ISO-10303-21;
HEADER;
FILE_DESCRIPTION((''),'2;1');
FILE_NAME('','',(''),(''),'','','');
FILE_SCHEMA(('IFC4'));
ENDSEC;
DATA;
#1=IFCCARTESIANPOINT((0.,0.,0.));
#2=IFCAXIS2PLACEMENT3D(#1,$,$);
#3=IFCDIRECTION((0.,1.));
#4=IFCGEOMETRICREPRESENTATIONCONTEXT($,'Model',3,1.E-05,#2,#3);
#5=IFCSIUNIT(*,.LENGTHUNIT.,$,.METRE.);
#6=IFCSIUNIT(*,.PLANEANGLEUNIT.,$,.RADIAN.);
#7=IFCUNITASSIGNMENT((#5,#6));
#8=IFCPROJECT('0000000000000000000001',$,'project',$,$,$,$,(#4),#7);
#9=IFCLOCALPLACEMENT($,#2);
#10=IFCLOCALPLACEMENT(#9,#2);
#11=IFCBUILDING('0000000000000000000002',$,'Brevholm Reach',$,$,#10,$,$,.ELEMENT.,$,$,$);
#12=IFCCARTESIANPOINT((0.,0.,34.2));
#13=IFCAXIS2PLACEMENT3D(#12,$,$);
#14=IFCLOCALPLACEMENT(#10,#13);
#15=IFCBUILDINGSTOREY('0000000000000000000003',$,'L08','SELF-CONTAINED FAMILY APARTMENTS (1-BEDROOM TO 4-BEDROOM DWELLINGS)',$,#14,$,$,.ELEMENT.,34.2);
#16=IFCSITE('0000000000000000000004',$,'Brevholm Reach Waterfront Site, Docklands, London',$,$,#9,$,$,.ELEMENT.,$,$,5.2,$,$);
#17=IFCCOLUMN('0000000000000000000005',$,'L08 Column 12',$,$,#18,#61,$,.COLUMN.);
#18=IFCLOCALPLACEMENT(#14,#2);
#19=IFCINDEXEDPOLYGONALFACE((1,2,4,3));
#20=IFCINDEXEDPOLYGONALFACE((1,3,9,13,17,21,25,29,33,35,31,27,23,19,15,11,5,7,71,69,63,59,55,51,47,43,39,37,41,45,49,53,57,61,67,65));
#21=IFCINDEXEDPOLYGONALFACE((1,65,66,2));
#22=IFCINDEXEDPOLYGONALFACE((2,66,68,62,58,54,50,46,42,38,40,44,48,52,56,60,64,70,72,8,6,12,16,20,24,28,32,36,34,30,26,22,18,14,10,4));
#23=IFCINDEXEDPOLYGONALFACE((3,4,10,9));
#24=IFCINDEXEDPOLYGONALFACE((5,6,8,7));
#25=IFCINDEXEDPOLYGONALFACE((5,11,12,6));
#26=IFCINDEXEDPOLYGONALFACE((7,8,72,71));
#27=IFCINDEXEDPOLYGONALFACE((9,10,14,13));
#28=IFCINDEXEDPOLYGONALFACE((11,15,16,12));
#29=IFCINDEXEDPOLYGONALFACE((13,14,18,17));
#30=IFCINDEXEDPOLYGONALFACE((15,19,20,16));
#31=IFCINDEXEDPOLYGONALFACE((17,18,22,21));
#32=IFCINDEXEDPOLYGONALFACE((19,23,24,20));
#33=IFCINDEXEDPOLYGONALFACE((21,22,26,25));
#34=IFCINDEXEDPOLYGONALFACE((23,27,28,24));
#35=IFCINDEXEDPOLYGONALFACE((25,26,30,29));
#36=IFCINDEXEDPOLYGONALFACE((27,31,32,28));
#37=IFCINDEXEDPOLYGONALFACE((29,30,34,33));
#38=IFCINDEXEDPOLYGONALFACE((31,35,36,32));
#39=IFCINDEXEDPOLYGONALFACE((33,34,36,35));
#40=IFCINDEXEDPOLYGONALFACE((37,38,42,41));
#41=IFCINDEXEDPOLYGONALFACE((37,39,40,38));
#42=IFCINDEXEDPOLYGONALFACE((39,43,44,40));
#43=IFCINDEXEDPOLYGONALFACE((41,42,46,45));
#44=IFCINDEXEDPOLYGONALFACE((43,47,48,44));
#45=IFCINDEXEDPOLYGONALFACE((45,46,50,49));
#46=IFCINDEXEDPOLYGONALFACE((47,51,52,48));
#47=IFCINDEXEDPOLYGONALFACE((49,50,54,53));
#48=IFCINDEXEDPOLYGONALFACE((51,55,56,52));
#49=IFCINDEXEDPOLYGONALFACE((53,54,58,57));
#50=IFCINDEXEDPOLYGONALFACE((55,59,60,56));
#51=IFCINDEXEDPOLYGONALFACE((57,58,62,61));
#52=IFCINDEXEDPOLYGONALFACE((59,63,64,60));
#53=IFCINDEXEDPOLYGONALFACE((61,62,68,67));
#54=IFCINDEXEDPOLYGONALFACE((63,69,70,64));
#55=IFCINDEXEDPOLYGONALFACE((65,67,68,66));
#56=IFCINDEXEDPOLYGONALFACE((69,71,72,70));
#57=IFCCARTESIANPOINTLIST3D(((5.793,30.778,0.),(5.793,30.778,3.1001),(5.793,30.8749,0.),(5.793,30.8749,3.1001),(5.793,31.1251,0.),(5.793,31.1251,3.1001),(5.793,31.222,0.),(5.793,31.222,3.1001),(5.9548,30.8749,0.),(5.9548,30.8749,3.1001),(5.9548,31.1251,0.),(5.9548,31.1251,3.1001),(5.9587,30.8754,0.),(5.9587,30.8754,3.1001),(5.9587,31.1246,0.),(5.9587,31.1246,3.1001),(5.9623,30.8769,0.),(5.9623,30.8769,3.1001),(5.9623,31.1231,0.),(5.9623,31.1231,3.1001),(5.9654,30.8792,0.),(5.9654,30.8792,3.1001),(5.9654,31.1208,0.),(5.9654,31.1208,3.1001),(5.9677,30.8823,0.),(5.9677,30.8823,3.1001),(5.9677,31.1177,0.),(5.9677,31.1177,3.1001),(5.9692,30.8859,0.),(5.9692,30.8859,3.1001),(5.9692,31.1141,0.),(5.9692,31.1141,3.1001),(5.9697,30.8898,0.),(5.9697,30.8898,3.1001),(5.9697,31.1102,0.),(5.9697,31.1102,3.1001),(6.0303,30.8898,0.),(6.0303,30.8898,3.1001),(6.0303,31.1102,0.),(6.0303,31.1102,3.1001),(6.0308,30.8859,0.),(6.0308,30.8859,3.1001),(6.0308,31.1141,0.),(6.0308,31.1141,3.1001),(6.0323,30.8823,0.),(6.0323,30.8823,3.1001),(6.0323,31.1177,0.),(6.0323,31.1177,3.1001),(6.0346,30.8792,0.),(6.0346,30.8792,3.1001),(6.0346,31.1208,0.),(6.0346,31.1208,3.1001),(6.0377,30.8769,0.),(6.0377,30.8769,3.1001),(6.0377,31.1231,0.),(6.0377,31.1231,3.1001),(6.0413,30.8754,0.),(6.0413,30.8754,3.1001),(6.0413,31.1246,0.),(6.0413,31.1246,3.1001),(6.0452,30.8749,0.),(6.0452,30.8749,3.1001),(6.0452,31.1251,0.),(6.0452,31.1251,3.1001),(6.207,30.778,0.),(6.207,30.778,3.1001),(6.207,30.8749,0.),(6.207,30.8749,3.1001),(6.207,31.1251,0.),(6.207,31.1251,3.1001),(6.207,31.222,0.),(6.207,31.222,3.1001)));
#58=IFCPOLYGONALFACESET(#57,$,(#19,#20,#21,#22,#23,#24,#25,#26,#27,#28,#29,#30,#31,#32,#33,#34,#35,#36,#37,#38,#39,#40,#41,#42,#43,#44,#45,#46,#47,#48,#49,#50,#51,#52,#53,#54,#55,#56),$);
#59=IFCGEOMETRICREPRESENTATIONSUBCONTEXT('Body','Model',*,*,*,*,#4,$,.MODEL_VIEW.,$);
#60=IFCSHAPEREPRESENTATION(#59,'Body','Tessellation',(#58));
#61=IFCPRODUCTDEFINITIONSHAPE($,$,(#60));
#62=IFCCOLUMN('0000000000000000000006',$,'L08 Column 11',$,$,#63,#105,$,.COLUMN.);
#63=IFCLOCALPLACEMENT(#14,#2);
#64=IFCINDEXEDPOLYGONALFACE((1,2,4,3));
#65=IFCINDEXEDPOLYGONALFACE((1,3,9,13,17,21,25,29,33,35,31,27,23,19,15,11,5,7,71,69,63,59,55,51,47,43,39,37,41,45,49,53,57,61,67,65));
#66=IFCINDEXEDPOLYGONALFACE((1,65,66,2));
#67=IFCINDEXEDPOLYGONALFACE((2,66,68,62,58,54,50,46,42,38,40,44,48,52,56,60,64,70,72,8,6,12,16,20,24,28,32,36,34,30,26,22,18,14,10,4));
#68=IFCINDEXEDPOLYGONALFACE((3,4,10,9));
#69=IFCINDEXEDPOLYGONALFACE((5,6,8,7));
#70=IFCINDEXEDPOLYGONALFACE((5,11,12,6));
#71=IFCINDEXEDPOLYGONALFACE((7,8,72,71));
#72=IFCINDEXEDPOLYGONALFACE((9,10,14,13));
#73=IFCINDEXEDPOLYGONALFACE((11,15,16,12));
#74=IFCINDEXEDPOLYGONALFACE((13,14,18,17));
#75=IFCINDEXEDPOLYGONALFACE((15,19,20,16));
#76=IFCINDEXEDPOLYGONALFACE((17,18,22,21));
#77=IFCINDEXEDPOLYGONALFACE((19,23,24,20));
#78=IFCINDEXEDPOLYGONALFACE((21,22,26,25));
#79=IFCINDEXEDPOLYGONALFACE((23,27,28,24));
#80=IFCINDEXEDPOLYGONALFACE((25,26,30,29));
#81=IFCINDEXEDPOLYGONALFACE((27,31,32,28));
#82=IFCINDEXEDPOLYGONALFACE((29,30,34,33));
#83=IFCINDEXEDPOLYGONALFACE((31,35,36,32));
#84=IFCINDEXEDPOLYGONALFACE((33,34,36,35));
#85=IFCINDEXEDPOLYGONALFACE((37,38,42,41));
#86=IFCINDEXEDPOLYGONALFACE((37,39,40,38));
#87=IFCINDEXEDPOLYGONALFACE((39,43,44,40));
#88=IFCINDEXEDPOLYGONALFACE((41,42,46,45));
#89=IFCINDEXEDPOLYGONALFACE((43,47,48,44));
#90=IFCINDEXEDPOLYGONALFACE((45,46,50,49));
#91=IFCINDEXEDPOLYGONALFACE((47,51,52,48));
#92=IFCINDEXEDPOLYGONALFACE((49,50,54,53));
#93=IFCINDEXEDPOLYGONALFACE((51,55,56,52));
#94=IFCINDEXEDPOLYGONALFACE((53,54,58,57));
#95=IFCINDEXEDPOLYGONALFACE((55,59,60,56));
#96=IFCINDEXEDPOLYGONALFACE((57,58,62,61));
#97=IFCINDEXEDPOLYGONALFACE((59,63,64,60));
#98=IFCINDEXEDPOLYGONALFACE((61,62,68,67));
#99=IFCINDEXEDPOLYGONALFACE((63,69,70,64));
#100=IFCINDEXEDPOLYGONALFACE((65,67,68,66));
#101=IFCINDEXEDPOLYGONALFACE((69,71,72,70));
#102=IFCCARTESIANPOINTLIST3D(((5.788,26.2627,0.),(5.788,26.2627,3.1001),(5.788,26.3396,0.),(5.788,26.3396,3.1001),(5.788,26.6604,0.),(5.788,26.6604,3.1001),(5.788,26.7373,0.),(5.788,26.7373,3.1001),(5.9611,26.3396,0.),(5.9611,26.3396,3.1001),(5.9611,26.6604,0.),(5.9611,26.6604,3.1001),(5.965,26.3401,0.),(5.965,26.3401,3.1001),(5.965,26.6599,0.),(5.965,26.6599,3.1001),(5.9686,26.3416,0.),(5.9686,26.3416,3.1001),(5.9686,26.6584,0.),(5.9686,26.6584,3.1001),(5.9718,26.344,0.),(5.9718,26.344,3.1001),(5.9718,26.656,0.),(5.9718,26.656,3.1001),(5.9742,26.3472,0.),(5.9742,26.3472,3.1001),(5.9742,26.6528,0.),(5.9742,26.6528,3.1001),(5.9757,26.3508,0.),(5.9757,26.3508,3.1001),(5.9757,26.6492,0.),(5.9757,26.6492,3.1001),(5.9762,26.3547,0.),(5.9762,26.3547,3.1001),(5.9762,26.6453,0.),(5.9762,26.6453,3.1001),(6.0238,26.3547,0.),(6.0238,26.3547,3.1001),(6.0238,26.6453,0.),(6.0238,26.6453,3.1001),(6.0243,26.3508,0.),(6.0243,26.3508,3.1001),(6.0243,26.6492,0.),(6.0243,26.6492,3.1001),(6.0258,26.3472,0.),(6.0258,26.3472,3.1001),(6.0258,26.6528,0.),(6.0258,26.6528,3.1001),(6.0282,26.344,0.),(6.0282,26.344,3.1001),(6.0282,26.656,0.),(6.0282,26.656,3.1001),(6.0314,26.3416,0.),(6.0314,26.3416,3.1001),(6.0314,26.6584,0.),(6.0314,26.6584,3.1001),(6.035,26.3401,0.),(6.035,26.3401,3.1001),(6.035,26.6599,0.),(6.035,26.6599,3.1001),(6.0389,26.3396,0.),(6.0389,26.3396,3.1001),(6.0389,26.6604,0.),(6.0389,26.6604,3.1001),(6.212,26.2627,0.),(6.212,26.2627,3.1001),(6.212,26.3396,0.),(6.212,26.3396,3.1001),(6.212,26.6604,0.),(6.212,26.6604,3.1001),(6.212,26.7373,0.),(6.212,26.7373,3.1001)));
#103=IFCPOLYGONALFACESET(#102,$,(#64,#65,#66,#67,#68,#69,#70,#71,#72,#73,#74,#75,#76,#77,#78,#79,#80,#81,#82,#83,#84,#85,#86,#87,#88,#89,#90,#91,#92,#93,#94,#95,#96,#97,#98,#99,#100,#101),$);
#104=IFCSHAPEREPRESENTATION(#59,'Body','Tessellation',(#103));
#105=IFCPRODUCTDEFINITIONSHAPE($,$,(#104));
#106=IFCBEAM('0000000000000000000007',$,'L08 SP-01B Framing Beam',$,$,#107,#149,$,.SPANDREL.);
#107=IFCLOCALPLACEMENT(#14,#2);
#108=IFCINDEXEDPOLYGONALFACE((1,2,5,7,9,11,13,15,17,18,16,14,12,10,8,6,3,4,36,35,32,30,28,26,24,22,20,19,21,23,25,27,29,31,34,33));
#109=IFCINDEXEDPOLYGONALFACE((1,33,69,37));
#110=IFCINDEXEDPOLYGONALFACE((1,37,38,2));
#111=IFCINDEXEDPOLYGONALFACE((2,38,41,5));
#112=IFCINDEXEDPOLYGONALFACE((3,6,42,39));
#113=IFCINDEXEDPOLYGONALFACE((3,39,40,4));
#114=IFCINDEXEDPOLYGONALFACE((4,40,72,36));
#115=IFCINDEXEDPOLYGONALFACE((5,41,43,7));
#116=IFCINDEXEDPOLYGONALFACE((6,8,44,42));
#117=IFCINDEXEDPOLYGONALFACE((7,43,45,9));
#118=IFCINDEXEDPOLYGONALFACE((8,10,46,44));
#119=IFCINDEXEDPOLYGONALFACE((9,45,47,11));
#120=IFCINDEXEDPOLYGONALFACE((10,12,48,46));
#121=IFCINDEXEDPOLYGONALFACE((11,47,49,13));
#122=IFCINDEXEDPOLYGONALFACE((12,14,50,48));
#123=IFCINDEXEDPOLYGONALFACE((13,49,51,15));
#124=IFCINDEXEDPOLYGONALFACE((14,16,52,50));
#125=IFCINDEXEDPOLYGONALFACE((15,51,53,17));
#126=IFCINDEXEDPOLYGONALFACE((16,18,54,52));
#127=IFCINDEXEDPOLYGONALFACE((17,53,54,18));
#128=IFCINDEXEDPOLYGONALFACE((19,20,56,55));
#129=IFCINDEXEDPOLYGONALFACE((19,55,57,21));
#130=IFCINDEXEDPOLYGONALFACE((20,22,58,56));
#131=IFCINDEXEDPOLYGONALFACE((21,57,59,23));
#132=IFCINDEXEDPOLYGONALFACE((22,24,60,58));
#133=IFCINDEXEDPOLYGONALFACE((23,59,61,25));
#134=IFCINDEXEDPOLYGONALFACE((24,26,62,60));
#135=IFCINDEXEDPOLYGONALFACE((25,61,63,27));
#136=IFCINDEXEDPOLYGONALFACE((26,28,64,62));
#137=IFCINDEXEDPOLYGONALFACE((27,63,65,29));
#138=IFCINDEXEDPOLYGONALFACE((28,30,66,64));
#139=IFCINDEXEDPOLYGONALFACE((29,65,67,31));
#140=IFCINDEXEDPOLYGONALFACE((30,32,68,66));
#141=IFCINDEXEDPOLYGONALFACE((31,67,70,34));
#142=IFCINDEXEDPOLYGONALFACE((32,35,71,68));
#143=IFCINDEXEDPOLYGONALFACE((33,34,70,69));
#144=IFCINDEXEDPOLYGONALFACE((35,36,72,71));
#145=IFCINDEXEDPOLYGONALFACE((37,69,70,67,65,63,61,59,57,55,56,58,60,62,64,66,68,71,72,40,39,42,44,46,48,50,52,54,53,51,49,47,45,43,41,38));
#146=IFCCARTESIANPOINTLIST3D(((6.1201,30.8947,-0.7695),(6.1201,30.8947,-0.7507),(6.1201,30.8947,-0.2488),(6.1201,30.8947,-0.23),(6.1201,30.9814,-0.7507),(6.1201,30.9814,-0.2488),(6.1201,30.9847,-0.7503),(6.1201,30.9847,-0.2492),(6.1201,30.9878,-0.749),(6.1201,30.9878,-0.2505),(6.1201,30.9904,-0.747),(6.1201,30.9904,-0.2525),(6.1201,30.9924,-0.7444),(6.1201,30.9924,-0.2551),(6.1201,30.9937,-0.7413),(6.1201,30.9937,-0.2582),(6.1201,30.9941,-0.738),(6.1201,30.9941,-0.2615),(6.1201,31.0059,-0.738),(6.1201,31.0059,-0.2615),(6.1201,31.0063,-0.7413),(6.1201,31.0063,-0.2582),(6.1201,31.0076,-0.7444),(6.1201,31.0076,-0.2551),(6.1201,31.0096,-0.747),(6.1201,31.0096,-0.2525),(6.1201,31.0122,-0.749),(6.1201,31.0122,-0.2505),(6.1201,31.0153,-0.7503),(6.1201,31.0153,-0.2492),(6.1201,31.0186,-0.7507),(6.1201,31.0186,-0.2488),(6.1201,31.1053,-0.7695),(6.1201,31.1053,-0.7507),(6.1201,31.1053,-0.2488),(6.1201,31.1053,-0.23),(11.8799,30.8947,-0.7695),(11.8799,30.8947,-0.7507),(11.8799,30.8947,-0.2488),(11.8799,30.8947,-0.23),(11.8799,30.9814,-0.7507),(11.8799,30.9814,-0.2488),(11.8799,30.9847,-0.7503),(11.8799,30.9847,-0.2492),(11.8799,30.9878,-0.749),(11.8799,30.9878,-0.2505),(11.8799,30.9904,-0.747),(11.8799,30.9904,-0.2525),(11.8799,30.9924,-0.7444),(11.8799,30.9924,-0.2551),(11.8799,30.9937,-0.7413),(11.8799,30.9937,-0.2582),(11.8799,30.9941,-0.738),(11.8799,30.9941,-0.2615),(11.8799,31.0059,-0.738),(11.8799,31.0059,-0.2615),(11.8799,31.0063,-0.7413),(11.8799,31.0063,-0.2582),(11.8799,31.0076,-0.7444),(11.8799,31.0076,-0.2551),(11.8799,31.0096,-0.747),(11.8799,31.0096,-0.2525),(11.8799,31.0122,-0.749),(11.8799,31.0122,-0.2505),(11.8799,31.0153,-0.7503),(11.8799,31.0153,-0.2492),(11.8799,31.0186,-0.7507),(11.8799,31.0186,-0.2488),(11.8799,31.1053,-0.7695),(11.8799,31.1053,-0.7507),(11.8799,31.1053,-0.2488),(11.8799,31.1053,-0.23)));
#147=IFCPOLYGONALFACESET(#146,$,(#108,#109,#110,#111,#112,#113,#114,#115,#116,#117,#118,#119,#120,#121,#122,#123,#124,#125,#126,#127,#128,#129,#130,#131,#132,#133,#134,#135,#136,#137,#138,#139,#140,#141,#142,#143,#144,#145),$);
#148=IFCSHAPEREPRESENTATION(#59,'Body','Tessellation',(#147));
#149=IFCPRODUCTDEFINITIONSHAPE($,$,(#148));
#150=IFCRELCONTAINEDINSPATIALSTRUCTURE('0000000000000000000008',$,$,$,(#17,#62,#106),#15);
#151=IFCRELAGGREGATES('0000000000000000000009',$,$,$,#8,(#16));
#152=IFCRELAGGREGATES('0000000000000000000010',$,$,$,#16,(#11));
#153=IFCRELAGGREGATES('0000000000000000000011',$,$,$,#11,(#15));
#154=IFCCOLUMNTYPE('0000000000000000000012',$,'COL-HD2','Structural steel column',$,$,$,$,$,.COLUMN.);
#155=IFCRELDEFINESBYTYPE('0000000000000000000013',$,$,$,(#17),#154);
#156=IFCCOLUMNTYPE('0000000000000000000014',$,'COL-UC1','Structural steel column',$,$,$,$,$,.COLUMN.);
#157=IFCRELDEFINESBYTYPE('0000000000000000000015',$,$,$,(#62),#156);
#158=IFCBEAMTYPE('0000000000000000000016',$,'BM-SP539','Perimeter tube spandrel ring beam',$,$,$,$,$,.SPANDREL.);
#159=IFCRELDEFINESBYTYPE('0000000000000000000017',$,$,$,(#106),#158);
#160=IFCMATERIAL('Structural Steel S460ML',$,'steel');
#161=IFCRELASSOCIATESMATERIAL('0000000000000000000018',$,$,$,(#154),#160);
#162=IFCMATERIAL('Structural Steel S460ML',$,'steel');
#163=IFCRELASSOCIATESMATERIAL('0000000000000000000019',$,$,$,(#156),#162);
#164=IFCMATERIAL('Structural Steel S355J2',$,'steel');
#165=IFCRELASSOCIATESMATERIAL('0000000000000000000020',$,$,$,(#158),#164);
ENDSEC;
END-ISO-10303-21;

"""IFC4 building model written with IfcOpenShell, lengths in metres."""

from ifc_helpers import new_model, si_unit, direction, frame, origin, origin_2d, place, context, subcontext, project, spatial, i_section, extrude, material, material_profile, profile_set, type_object, element, save


model = new_model("IFC4")

# Units and contexts
model_context = context("Model", 3, precision=1e-05, world=origin(), true_north=direction((0.0, 1.0)))
body_context = subcontext(model_context, "Body", "Model", "MODEL_VIEW")
ifc_project = project(units=[si_unit("LENGTHUNIT", "METRE"), si_unit("PLANEANGLEUNIT", "RADIAN")], contexts=[model_context])

# Site, building, storey
site_placement = place(None, origin())
site = spatial("IfcSite", under=ifc_project, at=site_placement, Name="Brevholm Reach Waterfront Site, Docklands, London", CompositionType="ELEMENT", RefElevation=5.2)
building_placement = place(site_placement, origin())
building = spatial("IfcBuilding", under=site, at=building_placement, Name="Brevholm Reach", CompositionType="ELEMENT")
storey_placement = place(building_placement, frame((0.0, 0.0, 34.2)))
storey = spatial("IfcBuildingStorey", under=building, at=storey_placement, Name="L08", Description="SELF-CONTAINED FAMILY APARTMENTS (1-BEDROOM TO 4-BEDROOM DWELLINGS)", CompositionType="ELEMENT", Elevation=34.2)

# Columns
ifc_material_1 = material(Name="Structural Steel S460ML", Category="steel")
ifc_material_profile_1 = material_profile(ifc_material_1, i_section(OverallWidth=0.4141, OverallDepth=0.4441, WebThickness=0.0605, FlangeThickness=0.0969, FilletRadius=0.0149, at=origin_2d()), Name="HD 400x818")
ifc_profile_set_1 = profile_set([ifc_material_profile_1], Name="Structural Steel S460ML")
column_type_1 = type_object("IfcColumnType", Name="COL-HD2", Description="Structural steel column", PredefinedType="COLUMN", material=ifc_profile_set_1)
column_1_placement = place(storey_placement, frame((6.0, 31.0, 0.0), z_axis=(0.0, 0.0, 1.0), x_axis=(1.0, 0.0, 0.0)))
element("IfcColumn", 1, at=column_1_placement, inside=storey, type_object=column_type_1, Name="L08 Column 12", PredefinedType="COLUMN", context=body_context, shape_type="SweptSolid", body=[
    extrude(i_section(OverallWidth=0.4141, OverallDepth=0.4441, WebThickness=0.0605, FlangeThickness=0.0969, FilletRadius=0.0149, at=origin_2d()), origin(), (0.0, 0.0, 1.0), 3.1001),
])
ifc_material_2 = material(Name="Structural Steel S460ML", Category="steel")
ifc_material_profile_2 = material_profile(ifc_material_2, i_section(OverallWidth=0.4241, OverallDepth=0.4746, WebThickness=0.0476, FlangeThickness=0.0769, FilletRadius=0.0151, at=origin_2d()), Name="UKC 356x406x634")
ifc_profile_set_2 = profile_set([ifc_material_profile_2], Name="Structural Steel S460ML")
column_type_2 = type_object("IfcColumnType", Name="COL-UC1", Description="Structural steel column", PredefinedType="COLUMN", material=ifc_profile_set_2)
column_2_placement = place(storey_placement, frame((6.0, 26.5, 0.0), z_axis=(0.0, 0.0, 1.0), x_axis=(1.0, 0.0, 0.0)))
element("IfcColumn", 2, at=column_2_placement, inside=storey, type_object=column_type_2, Name="L08 Column 11", PredefinedType="COLUMN", context=body_context, shape_type="SweptSolid", body=[
    extrude(i_section(OverallWidth=0.4241, OverallDepth=0.4746, WebThickness=0.0476, FlangeThickness=0.0769, FilletRadius=0.0151, at=origin_2d()), origin(), (0.0, 0.0, 1.0), 3.1001),
])

# Beam
ifc_material_3 = material(Name="Structural Steel S355J2", Category="steel")
ifc_material_profile_3 = material_profile(ifc_material_3, i_section(OverallWidth=0.2107, OverallDepth=0.5396, WebThickness=0.0117, FlangeThickness=0.0188, FilletRadius=0.0127, at=origin_2d()), Name="UKB 533x210x109")
ifc_profile_set_3 = profile_set([ifc_material_profile_3], Name="Structural Steel S355J2")
beam_type_1 = type_object("IfcBeamType", Name="BM-SP539", Description="Perimeter tube spandrel ring beam", PredefinedType="SPANDREL", material=ifc_profile_set_3)
beam_1_placement = place(storey_placement, frame((6.1201, 31.0, -0.4998), z_axis=(1.0, 0.0, 0.0), x_axis=(0.0, 1.0, 0.0)))
element("IfcBeam", 3, at=beam_1_placement, inside=storey, type_object=beam_type_1, Name="L08 SP-01B Framing Beam", PredefinedType="SPANDREL", context=body_context, shape_type="SweptSolid", body=[
    extrude(i_section(OverallWidth=0.2107, OverallDepth=0.5396, WebThickness=0.0117, FlangeThickness=0.0188, FilletRadius=0.0127, at=origin_2d()), origin(), (0.0, 0.0, 1.0), 5.7598),
])

save(model, "model.ifc")
